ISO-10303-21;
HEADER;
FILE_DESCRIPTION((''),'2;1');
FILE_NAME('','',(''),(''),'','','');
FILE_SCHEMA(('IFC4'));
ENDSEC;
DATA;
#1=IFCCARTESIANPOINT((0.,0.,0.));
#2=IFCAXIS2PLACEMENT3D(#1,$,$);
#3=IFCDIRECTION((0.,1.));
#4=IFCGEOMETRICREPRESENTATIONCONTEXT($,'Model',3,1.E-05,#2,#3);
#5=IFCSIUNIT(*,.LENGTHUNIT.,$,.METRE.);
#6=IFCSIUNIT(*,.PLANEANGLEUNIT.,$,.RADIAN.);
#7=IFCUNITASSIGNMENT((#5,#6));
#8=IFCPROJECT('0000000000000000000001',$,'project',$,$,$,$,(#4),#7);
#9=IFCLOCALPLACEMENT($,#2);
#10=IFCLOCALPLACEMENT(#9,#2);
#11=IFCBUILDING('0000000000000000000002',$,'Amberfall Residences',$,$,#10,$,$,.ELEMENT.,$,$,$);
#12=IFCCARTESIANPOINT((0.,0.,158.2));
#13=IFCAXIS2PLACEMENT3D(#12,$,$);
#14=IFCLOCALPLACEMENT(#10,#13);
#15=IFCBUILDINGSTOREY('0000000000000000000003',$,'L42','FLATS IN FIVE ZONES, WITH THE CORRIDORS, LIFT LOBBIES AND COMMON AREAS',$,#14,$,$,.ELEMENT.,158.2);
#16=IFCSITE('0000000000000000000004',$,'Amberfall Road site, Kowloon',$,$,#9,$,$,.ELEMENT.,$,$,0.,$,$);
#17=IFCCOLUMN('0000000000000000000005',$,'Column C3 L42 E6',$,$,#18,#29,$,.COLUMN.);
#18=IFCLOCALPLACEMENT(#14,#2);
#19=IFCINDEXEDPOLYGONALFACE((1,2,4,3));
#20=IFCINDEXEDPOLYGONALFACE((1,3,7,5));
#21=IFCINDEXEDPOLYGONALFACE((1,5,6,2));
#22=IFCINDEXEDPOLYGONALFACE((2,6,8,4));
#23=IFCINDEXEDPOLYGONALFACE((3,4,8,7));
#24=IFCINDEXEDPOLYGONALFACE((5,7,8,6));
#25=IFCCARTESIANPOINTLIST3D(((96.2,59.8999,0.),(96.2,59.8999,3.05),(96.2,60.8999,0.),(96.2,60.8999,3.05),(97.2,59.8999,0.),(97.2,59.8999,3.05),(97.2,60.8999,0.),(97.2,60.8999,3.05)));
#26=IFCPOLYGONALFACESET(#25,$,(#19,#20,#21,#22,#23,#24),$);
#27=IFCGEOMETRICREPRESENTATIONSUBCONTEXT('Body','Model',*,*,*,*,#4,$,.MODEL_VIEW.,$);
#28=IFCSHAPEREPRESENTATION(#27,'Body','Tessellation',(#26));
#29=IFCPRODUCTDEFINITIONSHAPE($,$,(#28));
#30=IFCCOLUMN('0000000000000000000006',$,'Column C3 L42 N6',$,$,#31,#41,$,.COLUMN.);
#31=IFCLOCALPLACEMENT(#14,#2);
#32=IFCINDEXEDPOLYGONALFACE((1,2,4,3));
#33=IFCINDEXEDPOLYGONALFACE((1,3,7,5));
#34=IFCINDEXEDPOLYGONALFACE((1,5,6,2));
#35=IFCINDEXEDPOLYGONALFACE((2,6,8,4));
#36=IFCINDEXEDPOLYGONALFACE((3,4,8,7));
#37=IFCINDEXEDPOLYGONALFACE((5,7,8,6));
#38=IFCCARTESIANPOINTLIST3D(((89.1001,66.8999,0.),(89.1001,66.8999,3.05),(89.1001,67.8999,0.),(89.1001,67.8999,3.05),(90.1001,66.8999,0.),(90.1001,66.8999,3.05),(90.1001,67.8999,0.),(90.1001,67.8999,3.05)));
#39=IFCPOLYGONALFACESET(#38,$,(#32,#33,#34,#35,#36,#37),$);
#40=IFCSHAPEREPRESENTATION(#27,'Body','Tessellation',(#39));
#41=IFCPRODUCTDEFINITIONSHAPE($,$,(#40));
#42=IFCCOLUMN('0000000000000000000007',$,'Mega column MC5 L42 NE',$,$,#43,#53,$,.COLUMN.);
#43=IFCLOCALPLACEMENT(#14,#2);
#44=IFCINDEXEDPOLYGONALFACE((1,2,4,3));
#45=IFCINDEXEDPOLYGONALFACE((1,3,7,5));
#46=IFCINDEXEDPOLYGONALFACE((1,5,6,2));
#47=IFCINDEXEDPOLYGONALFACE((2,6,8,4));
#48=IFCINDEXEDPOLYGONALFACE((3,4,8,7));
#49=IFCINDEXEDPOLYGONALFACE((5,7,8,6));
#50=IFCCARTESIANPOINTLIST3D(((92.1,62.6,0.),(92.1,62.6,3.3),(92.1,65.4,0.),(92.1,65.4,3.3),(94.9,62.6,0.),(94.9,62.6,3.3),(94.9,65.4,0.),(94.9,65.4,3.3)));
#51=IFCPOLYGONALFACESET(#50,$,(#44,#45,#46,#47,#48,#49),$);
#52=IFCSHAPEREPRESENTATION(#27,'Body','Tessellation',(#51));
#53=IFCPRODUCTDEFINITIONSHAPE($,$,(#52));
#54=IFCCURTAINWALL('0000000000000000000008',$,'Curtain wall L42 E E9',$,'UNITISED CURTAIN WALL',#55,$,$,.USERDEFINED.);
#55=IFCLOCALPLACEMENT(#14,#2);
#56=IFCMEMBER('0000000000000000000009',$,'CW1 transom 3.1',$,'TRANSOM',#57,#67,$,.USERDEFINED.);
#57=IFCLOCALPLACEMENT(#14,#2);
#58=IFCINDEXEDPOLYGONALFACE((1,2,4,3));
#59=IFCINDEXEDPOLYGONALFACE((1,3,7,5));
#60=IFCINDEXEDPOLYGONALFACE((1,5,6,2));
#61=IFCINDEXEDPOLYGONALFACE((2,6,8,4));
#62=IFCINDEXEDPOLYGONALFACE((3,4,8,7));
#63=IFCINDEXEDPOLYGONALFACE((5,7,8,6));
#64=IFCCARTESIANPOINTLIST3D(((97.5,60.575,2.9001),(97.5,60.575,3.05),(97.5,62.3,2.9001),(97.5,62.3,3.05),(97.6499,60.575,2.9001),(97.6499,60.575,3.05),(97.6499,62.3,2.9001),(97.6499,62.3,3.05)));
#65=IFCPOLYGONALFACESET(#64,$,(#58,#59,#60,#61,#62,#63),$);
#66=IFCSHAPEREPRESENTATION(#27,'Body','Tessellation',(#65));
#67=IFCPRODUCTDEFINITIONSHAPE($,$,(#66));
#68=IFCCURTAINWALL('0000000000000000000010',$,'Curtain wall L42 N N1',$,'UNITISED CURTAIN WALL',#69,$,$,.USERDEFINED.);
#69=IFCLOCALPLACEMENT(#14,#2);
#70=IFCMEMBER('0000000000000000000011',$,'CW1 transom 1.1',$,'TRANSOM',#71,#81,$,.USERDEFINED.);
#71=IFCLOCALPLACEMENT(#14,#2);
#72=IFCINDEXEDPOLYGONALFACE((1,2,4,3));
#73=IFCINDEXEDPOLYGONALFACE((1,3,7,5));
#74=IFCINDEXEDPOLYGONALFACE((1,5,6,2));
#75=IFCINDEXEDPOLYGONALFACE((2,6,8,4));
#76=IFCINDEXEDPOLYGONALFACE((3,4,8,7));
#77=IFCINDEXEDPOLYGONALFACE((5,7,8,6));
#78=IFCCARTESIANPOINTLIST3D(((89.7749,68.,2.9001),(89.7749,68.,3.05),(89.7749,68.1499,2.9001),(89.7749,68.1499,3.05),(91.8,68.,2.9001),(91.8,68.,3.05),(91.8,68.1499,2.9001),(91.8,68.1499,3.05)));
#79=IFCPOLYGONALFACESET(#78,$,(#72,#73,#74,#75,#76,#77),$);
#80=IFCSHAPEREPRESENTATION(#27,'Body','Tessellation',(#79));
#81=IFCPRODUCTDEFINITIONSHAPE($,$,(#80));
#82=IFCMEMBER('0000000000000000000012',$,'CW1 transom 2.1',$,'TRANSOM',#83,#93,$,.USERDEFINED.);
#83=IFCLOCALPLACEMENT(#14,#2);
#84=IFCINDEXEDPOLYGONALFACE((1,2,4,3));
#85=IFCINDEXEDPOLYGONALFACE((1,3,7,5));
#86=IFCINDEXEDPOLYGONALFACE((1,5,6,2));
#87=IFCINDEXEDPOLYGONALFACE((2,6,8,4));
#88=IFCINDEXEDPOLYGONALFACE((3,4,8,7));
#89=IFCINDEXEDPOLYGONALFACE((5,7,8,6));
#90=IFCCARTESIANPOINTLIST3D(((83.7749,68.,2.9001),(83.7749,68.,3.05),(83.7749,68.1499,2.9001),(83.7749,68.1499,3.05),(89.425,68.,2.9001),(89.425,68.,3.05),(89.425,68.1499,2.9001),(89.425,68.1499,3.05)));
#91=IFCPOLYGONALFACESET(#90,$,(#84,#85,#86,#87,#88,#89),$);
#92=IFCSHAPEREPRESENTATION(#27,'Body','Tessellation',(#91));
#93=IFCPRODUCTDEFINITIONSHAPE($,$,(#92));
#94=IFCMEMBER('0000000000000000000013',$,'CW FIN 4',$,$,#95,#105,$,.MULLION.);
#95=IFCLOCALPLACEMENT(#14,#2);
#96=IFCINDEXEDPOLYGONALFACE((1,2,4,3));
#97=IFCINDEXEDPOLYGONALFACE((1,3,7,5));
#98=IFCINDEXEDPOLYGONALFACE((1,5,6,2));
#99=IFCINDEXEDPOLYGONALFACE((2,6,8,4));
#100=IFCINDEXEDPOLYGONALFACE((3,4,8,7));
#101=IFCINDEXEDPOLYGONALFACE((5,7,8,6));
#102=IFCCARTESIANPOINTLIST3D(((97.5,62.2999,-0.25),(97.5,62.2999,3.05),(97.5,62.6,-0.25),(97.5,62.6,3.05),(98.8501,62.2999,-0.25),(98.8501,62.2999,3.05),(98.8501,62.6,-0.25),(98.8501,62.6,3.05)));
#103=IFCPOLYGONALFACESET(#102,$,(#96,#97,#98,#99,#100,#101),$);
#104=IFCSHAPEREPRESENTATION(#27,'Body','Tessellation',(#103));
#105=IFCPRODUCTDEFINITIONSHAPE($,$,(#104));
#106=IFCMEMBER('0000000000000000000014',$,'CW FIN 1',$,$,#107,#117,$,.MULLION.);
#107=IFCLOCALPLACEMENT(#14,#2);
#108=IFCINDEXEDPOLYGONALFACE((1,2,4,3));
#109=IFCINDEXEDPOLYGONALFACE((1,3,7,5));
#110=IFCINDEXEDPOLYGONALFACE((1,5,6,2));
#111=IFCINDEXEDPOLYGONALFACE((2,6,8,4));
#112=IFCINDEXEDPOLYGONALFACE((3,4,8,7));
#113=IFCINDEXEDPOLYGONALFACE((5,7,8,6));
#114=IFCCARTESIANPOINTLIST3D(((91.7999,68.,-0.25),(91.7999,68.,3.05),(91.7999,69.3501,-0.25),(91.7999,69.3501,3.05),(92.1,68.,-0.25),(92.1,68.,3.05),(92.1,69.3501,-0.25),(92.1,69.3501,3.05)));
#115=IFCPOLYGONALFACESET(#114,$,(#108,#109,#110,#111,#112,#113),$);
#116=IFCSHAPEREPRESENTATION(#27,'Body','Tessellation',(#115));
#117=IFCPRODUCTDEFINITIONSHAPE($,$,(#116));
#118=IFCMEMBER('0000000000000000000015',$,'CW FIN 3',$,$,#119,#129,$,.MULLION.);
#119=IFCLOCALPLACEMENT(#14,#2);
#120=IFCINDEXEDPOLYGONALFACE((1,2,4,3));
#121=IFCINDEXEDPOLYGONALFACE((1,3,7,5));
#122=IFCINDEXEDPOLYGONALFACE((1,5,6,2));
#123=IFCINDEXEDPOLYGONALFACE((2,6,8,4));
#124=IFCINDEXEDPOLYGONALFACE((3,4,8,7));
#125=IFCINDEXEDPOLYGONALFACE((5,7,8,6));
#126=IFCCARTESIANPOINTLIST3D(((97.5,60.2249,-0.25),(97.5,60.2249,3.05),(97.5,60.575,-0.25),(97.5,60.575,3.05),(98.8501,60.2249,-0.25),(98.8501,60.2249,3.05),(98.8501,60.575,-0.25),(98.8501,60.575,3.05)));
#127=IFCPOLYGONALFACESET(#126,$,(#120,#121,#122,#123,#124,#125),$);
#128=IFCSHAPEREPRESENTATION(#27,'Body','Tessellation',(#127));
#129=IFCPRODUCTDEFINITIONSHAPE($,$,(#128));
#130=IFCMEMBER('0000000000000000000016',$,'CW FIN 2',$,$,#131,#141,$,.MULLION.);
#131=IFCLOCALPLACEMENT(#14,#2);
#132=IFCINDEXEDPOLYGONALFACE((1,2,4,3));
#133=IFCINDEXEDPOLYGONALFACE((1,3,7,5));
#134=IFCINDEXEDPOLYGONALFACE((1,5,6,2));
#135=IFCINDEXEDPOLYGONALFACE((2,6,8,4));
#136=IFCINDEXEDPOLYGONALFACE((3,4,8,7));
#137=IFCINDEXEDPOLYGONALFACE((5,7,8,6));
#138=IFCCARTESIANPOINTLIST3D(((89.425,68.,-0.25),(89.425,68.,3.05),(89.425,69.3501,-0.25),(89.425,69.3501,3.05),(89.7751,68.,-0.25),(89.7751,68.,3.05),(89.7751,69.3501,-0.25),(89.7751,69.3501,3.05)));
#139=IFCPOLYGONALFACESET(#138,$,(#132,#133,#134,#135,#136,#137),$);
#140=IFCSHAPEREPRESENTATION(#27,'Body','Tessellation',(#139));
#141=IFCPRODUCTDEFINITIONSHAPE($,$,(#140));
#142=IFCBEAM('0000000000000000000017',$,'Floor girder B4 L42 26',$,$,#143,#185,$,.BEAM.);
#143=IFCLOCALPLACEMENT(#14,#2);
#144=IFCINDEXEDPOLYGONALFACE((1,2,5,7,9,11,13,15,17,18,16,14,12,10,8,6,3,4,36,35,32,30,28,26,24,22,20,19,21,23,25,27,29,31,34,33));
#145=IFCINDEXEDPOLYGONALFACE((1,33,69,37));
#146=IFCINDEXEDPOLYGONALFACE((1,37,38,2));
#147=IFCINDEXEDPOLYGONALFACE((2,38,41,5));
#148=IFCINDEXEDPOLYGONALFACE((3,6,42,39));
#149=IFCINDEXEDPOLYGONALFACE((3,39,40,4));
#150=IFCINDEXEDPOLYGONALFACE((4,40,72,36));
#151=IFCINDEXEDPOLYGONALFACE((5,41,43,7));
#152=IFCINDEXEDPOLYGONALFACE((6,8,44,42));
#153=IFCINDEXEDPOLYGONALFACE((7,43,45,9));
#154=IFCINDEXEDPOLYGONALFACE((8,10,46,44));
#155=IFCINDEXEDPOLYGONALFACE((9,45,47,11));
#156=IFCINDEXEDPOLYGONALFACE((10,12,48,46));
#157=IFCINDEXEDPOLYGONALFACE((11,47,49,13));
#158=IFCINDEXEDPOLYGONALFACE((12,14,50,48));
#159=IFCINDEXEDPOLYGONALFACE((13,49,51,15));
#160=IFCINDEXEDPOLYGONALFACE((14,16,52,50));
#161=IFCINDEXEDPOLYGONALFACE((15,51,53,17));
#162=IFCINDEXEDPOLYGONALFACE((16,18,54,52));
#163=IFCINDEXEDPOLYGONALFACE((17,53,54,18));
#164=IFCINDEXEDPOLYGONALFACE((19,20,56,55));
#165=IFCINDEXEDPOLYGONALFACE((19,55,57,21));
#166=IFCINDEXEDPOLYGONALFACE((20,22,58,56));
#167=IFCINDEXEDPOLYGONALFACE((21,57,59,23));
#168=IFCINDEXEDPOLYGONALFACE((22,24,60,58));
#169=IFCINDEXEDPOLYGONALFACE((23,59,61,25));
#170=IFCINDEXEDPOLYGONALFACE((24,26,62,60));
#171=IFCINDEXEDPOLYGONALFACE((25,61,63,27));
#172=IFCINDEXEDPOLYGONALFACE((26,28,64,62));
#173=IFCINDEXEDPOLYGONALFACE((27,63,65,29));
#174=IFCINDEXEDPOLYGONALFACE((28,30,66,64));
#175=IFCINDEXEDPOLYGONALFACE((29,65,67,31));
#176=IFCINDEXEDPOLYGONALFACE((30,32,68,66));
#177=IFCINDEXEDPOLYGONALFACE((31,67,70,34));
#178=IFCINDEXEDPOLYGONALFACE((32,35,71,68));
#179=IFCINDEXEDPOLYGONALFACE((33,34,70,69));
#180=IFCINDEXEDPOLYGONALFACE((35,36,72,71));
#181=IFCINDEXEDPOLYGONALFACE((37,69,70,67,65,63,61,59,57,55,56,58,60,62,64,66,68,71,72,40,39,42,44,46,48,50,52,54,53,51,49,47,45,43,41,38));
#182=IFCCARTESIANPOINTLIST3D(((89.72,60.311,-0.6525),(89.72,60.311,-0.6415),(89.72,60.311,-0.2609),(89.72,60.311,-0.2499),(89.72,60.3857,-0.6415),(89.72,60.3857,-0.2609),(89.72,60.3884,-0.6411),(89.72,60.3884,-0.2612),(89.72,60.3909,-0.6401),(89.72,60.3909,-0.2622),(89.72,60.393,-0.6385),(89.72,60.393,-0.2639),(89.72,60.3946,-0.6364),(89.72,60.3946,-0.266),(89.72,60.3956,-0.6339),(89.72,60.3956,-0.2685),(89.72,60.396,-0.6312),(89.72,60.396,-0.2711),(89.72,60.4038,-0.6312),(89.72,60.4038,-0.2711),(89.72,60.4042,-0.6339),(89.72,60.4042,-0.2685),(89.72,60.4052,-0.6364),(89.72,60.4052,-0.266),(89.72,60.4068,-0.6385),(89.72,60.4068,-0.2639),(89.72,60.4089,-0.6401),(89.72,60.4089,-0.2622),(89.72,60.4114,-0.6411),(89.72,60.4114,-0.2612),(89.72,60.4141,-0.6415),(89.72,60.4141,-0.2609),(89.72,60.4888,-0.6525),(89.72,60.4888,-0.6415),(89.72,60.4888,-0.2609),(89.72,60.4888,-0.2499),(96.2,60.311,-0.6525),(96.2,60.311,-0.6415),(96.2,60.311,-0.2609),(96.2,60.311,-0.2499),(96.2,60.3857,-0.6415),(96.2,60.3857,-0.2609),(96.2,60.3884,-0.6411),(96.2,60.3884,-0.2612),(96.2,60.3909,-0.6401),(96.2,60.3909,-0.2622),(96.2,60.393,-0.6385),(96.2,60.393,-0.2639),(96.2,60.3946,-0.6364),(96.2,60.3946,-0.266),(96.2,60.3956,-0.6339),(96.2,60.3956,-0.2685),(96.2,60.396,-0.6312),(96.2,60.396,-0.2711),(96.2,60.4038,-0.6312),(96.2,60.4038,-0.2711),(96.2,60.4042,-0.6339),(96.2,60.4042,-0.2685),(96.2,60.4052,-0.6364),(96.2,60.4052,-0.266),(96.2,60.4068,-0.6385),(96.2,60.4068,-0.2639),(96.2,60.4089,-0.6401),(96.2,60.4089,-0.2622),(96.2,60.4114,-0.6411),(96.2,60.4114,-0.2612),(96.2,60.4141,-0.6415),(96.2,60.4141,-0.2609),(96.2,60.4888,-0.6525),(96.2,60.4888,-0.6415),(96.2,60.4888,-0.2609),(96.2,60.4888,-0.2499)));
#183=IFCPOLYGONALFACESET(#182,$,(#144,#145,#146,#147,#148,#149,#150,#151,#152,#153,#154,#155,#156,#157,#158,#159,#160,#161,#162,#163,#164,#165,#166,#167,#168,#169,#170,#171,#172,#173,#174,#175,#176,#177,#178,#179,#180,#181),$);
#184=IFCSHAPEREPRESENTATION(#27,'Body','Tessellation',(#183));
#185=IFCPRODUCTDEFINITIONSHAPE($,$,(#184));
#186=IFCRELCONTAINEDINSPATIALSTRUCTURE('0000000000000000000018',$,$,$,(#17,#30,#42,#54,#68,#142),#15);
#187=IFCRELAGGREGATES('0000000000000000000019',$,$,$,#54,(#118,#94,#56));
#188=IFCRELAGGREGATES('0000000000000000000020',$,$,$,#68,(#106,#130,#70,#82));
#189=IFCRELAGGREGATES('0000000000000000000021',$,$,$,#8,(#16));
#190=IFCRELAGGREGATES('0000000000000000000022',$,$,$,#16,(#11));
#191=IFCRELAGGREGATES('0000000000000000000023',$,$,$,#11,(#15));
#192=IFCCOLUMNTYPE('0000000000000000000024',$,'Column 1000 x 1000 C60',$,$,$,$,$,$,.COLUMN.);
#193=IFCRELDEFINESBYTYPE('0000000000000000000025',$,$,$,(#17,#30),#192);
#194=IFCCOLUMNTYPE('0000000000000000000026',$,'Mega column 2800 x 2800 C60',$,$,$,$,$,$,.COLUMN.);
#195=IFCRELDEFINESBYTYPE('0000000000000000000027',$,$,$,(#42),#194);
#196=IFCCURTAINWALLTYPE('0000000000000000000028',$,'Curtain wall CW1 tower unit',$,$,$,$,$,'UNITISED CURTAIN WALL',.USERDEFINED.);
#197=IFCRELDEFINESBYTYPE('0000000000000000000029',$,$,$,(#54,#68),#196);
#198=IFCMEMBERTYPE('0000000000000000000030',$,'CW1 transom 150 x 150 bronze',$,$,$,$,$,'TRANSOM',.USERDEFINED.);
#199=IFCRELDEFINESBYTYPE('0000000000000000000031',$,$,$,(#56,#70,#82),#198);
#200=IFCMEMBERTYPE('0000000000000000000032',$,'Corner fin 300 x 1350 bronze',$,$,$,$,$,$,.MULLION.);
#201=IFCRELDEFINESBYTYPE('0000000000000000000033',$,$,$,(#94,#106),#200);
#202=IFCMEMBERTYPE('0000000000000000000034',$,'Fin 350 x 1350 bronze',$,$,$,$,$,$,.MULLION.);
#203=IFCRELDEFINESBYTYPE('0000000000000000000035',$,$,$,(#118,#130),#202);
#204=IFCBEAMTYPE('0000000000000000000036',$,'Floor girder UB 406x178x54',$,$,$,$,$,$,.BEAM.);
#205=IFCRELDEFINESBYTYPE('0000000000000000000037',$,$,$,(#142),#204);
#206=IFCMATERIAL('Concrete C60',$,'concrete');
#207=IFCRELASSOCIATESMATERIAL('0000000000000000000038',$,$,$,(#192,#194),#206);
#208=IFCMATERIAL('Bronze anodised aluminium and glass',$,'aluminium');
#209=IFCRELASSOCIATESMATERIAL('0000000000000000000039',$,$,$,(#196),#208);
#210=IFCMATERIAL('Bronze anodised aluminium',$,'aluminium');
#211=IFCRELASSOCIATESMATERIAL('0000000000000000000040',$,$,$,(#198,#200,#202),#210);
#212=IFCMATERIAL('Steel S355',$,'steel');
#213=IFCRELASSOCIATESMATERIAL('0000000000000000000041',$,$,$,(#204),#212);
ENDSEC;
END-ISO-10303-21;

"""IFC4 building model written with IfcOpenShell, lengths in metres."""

from ifc_helpers import new_model, si_unit, direction, frame, origin, origin_2d, place, context, subcontext, project, spatial, rectangle, i_section, extrude, material, material_profile, profile_set, type_object, element, aggregate, save


model = new_model("IFC4")

# Units and contexts
model_context = context("Model", 3, precision=1e-05, world=origin(), true_north=direction((0.0, 1.0)))
body_context = subcontext(model_context, "Body", "Model", "MODEL_VIEW")
ifc_project = project(units=[si_unit("LENGTHUNIT", "METRE"), si_unit("PLANEANGLEUNIT", "RADIAN")], contexts=[model_context])

# Site, building, storey
site_placement = place(None, origin())
site = spatial("IfcSite", under=ifc_project, at=site_placement, Name="Amberfall Road site, Kowloon", CompositionType="ELEMENT", RefElevation=0.0)
building_placement = place(site_placement, origin())
building = spatial("IfcBuilding", under=site, at=building_placement, Name="Amberfall Residences", CompositionType="ELEMENT")
storey_placement = place(building_placement, frame((0.0, 0.0, 158.2)))
storey = spatial("IfcBuildingStorey", under=building, at=storey_placement, Name="L42", Description="FLATS IN FIVE ZONES, WITH THE CORRIDORS, LIFT LOBBIES AND COMMON AREAS", CompositionType="ELEMENT", Elevation=158.2)

# Columns
ifc_material_1 = material(Name="Concrete C60", Category="concrete")
ifc_material_profile_1 = material_profile(ifc_material_1, rectangle(XDim=1.0, YDim=1.0, at=origin_2d()), Name="Column 1000 x 1000 C60")
ifc_profile_set_1 = profile_set([ifc_material_profile_1], Name="Concrete C60")
column_type_1 = type_object("IfcColumnType", Name="Column 1000 x 1000 C60", PredefinedType="COLUMN", material=ifc_profile_set_1)
for number, where, z_axis, x_axis, name in (
    (1, (96.7, 60.3999, 0.0), (0.0, 0.0, 1.0), (1.0, 0.0, 0.0), "Column C3 L42 E6"),
    (2, (89.6001, 67.3999, 0.0), (0.0, 0.0, 1.0), (1.0, 0.0, 0.0), "Column C3 L42 N6"),
):
    element("IfcColumn", number, at=place(storey_placement, frame(where, z_axis=z_axis, x_axis=x_axis)), inside=storey, type_object=column_type_1, Name=name, PredefinedType="COLUMN", context=body_context, shape_type="SweptSolid", body=[
        extrude(rectangle(XDim=1.0, YDim=1.0, at=origin_2d()), origin(), (0.0, 0.0, 1.0), 3.05),
    ])
ifc_material_profile_2 = material_profile(ifc_material_1, rectangle(XDim=2.8, YDim=2.8, at=origin_2d()), Name="Mega column 2800 x 2800 C60")
ifc_profile_set_2 = profile_set([ifc_material_profile_2], Name="Concrete C60")
column_type_2 = type_object("IfcColumnType", Name="Mega column 2800 x 2800 C60", PredefinedType="COLUMN", material=ifc_profile_set_2)
column_placement = place(storey_placement, frame((93.5, 64.0, 0.0), z_axis=(0.0, 0.0, 1.0), x_axis=(1.0, 0.0, 0.0)))
element("IfcColumn", 3, at=column_placement, inside=storey, type_object=column_type_2, Name="Mega column MC5 L42 NE", PredefinedType="COLUMN", context=body_context, shape_type="SweptSolid", body=[
    extrude(rectangle(XDim=2.8, YDim=2.8, at=origin_2d()), origin(), (0.0, 0.0, 1.0), 3.3),
])

# Curtain wall, member
ifc_material_2 = material(Name="Bronze anodised aluminium and glass", Category="aluminium")
curtain_wall_type = type_object("IfcCurtainWallType", Name="Curtain wall CW1 tower unit", ElementType="UNITISED CURTAIN WALL", PredefinedType="USERDEFINED", material=ifc_material_2)
curtain_wall_1_placement = place(storey_placement, origin())
curtain_wall_1 = element("IfcCurtainWall", 4, at=curtain_wall_1_placement, inside=storey, type_object=curtain_wall_type, Name="Curtain wall L42 E E9", ObjectType="UNITISED CURTAIN WALL", PredefinedType="USERDEFINED")
ifc_material_3 = material(Name="Bronze anodised aluminium", Category="aluminium")
ifc_material_profile_3 = material_profile(ifc_material_3, rectangle(XDim=0.1499, YDim=0.1499, at=origin_2d()), Name="CW1 transom 150 x 150 bronze")
ifc_profile_set_3 = profile_set([ifc_material_profile_3], Name="Bronze anodised aluminium")
member_type_1 = type_object("IfcMemberType", Name="CW1 transom 150 x 150 bronze", ElementType="TRANSOM", PredefinedType="USERDEFINED", material=ifc_profile_set_3)
member_1_placement = place(storey_placement, frame((97.575, 60.575, 2.9751), z_axis=(0.0, 1.0, 0.0), x_axis=(-1.0, 0.0, 0.0)))
member_1 = element("IfcMember", 5, at=member_1_placement, type_object=member_type_1, Name="CW1 transom 3.1", ObjectType="TRANSOM", PredefinedType="USERDEFINED", context=body_context, shape_type="SweptSolid", body=[
    extrude(rectangle(XDim=0.1499, YDim=0.1499, at=origin_2d()), origin(), (0.0, 0.0, 1.0), 1.7251),
])

# Curtain wall, members
curtain_wall_2_placement = place(storey_placement, origin())
curtain_wall_2 = element("IfcCurtainWall", 6, at=curtain_wall_2_placement, inside=storey, type_object=curtain_wall_type, Name="Curtain wall L42 N N1", ObjectType="UNITISED CURTAIN WALL", PredefinedType="USERDEFINED")
member_2_placement = place(storey_placement, frame((91.8, 68.075, 2.9751), z_axis=(-1.0, 0.0, 0.0), x_axis=(0.0, -1.0, 0.0)))
member_2 = element("IfcMember", 7, at=member_2_placement, type_object=member_type_1, Name="CW1 transom 1.1", ObjectType="TRANSOM", PredefinedType="USERDEFINED", context=body_context, shape_type="SweptSolid", body=[
    extrude(rectangle(XDim=0.1499, YDim=0.1499, at=origin_2d()), origin(), (0.0, 0.0, 1.0), 2.0251),
])
member_3_placement = place(storey_placement, frame((89.425, 68.075, 2.9751), z_axis=(-1.0, 0.0, 0.0), x_axis=(0.0, -1.0, 0.0)))
member_3 = element("IfcMember", 8, at=member_3_placement, type_object=member_type_1, Name="CW1 transom 2.1", ObjectType="TRANSOM", PredefinedType="USERDEFINED", context=body_context, shape_type="SweptSolid", body=[
    extrude(rectangle(XDim=0.1499, YDim=0.1499, at=origin_2d()), origin(), (0.0, 0.0, 1.0), 5.6501),
])

# Members
ifc_material_profile_4 = material_profile(ifc_material_3, rectangle(XDim=1.3501, YDim=0.3, at=origin_2d()), Name="Corner fin 300 x 1350 bronze")
ifc_profile_set_4 = profile_set([ifc_material_profile_4], Name="Bronze anodised aluminium")
member_type_2 = type_object("IfcMemberType", Name="Corner fin 300 x 1350 bronze", PredefinedType="MULLION", material=ifc_profile_set_4)
member_4_placement = place(storey_placement, frame((98.175, 62.45, -0.25), z_axis=(0.0, 0.0, 1.0), x_axis=(-1.0, 0.0, 0.0)))
member_4 = element("IfcMember", 9, at=member_4_placement, type_object=member_type_2, Name="CW FIN 4", PredefinedType="MULLION", context=body_context, shape_type="SweptSolid", body=[
    extrude(rectangle(XDim=1.3501, YDim=0.3, at=origin_2d()), origin(), (0.0, 0.0, 1.0), 3.3),
])
member_5_placement = place(storey_placement, frame((91.95, 68.675, -0.25), z_axis=(0.0, 0.0, 1.0), x_axis=(0.0, -1.0, 0.0)))
member_5 = element("IfcMember", 10, at=member_5_placement, type_object=member_type_2, Name="CW FIN 1", PredefinedType="MULLION", context=body_context, shape_type="SweptSolid", body=[
    extrude(rectangle(XDim=1.3501, YDim=0.3, at=origin_2d()), origin(), (0.0, 0.0, 1.0), 3.3),
])
ifc_material_profile_5 = material_profile(ifc_material_3, rectangle(XDim=1.3501, YDim=0.3501, at=origin_2d()), Name="Fin 350 x 1350 bronze")
ifc_profile_set_5 = profile_set([ifc_material_profile_5], Name="Bronze anodised aluminium")
member_type_3 = type_object("IfcMemberType", Name="Fin 350 x 1350 bronze", PredefinedType="MULLION", material=ifc_profile_set_5)
member_6_placement = place(storey_placement, frame((98.175, 60.3999, -0.25), z_axis=(0.0, 0.0, 1.0), x_axis=(-1.0, 0.0, 0.0)))
member_6 = element("IfcMember", 11, at=member_6_placement, type_object=member_type_3, Name="CW FIN 3", PredefinedType="MULLION", context=body_context, shape_type="SweptSolid", body=[
    extrude(rectangle(XDim=1.3501, YDim=0.3501, at=origin_2d()), origin(), (0.0, 0.0, 1.0), 3.3),
])
member_7_placement = place(storey_placement, frame((89.6001, 68.675, -0.25), z_axis=(0.0, 0.0, 1.0), x_axis=(0.0, -1.0, 0.0)))
member_7 = element("IfcMember", 12, at=member_7_placement, type_object=member_type_3, Name="CW FIN 2", PredefinedType="MULLION", context=body_context, shape_type="SweptSolid", body=[
    extrude(rectangle(XDim=1.3501, YDim=0.3501, at=origin_2d()), origin(), (0.0, 0.0, 1.0), 3.3),
])

# Beam
ifc_material_4 = material(Name="Steel S355", Category="steel")
ifc_material_profile_6 = material_profile(ifc_material_4, i_section(OverallWidth=0.1777, OverallDepth=0.4026, WebThickness=0.0078, FlangeThickness=0.011, FilletRadius=0.0103, at=origin_2d()), Name="UB 406x178x54")
ifc_profile_set_6 = profile_set([ifc_material_profile_6], Name="Steel S355")
beam_type_1 = type_object("IfcBeamType", Name="Floor girder UB 406x178x54", PredefinedType="BEAM", material=ifc_profile_set_6)
beam_1_placement = place(storey_placement, frame((96.2, 60.3999, -0.4512), z_axis=(-1.0, 0.0, 0.0), x_axis=(0.0, -1.0, 0.0)))
element("IfcBeam", 13, at=beam_1_placement, inside=storey, type_object=beam_type_1, Name="Floor girder B4 L42 26", PredefinedType="BEAM", context=body_context, shape_type="SweptSolid", body=[
    extrude(i_section(OverallWidth=0.1777, OverallDepth=0.4026, WebThickness=0.0078, FlangeThickness=0.011, FilletRadius=0.0103, at=origin_2d()), origin(), (0.0, 0.0, 1.0), 6.48),
])

aggregate(curtain_wall_1, [member_6, member_4, member_1])
aggregate(curtain_wall_2, [member_5, member_7, member_2, member_3])

save(model, "model.ifc")
